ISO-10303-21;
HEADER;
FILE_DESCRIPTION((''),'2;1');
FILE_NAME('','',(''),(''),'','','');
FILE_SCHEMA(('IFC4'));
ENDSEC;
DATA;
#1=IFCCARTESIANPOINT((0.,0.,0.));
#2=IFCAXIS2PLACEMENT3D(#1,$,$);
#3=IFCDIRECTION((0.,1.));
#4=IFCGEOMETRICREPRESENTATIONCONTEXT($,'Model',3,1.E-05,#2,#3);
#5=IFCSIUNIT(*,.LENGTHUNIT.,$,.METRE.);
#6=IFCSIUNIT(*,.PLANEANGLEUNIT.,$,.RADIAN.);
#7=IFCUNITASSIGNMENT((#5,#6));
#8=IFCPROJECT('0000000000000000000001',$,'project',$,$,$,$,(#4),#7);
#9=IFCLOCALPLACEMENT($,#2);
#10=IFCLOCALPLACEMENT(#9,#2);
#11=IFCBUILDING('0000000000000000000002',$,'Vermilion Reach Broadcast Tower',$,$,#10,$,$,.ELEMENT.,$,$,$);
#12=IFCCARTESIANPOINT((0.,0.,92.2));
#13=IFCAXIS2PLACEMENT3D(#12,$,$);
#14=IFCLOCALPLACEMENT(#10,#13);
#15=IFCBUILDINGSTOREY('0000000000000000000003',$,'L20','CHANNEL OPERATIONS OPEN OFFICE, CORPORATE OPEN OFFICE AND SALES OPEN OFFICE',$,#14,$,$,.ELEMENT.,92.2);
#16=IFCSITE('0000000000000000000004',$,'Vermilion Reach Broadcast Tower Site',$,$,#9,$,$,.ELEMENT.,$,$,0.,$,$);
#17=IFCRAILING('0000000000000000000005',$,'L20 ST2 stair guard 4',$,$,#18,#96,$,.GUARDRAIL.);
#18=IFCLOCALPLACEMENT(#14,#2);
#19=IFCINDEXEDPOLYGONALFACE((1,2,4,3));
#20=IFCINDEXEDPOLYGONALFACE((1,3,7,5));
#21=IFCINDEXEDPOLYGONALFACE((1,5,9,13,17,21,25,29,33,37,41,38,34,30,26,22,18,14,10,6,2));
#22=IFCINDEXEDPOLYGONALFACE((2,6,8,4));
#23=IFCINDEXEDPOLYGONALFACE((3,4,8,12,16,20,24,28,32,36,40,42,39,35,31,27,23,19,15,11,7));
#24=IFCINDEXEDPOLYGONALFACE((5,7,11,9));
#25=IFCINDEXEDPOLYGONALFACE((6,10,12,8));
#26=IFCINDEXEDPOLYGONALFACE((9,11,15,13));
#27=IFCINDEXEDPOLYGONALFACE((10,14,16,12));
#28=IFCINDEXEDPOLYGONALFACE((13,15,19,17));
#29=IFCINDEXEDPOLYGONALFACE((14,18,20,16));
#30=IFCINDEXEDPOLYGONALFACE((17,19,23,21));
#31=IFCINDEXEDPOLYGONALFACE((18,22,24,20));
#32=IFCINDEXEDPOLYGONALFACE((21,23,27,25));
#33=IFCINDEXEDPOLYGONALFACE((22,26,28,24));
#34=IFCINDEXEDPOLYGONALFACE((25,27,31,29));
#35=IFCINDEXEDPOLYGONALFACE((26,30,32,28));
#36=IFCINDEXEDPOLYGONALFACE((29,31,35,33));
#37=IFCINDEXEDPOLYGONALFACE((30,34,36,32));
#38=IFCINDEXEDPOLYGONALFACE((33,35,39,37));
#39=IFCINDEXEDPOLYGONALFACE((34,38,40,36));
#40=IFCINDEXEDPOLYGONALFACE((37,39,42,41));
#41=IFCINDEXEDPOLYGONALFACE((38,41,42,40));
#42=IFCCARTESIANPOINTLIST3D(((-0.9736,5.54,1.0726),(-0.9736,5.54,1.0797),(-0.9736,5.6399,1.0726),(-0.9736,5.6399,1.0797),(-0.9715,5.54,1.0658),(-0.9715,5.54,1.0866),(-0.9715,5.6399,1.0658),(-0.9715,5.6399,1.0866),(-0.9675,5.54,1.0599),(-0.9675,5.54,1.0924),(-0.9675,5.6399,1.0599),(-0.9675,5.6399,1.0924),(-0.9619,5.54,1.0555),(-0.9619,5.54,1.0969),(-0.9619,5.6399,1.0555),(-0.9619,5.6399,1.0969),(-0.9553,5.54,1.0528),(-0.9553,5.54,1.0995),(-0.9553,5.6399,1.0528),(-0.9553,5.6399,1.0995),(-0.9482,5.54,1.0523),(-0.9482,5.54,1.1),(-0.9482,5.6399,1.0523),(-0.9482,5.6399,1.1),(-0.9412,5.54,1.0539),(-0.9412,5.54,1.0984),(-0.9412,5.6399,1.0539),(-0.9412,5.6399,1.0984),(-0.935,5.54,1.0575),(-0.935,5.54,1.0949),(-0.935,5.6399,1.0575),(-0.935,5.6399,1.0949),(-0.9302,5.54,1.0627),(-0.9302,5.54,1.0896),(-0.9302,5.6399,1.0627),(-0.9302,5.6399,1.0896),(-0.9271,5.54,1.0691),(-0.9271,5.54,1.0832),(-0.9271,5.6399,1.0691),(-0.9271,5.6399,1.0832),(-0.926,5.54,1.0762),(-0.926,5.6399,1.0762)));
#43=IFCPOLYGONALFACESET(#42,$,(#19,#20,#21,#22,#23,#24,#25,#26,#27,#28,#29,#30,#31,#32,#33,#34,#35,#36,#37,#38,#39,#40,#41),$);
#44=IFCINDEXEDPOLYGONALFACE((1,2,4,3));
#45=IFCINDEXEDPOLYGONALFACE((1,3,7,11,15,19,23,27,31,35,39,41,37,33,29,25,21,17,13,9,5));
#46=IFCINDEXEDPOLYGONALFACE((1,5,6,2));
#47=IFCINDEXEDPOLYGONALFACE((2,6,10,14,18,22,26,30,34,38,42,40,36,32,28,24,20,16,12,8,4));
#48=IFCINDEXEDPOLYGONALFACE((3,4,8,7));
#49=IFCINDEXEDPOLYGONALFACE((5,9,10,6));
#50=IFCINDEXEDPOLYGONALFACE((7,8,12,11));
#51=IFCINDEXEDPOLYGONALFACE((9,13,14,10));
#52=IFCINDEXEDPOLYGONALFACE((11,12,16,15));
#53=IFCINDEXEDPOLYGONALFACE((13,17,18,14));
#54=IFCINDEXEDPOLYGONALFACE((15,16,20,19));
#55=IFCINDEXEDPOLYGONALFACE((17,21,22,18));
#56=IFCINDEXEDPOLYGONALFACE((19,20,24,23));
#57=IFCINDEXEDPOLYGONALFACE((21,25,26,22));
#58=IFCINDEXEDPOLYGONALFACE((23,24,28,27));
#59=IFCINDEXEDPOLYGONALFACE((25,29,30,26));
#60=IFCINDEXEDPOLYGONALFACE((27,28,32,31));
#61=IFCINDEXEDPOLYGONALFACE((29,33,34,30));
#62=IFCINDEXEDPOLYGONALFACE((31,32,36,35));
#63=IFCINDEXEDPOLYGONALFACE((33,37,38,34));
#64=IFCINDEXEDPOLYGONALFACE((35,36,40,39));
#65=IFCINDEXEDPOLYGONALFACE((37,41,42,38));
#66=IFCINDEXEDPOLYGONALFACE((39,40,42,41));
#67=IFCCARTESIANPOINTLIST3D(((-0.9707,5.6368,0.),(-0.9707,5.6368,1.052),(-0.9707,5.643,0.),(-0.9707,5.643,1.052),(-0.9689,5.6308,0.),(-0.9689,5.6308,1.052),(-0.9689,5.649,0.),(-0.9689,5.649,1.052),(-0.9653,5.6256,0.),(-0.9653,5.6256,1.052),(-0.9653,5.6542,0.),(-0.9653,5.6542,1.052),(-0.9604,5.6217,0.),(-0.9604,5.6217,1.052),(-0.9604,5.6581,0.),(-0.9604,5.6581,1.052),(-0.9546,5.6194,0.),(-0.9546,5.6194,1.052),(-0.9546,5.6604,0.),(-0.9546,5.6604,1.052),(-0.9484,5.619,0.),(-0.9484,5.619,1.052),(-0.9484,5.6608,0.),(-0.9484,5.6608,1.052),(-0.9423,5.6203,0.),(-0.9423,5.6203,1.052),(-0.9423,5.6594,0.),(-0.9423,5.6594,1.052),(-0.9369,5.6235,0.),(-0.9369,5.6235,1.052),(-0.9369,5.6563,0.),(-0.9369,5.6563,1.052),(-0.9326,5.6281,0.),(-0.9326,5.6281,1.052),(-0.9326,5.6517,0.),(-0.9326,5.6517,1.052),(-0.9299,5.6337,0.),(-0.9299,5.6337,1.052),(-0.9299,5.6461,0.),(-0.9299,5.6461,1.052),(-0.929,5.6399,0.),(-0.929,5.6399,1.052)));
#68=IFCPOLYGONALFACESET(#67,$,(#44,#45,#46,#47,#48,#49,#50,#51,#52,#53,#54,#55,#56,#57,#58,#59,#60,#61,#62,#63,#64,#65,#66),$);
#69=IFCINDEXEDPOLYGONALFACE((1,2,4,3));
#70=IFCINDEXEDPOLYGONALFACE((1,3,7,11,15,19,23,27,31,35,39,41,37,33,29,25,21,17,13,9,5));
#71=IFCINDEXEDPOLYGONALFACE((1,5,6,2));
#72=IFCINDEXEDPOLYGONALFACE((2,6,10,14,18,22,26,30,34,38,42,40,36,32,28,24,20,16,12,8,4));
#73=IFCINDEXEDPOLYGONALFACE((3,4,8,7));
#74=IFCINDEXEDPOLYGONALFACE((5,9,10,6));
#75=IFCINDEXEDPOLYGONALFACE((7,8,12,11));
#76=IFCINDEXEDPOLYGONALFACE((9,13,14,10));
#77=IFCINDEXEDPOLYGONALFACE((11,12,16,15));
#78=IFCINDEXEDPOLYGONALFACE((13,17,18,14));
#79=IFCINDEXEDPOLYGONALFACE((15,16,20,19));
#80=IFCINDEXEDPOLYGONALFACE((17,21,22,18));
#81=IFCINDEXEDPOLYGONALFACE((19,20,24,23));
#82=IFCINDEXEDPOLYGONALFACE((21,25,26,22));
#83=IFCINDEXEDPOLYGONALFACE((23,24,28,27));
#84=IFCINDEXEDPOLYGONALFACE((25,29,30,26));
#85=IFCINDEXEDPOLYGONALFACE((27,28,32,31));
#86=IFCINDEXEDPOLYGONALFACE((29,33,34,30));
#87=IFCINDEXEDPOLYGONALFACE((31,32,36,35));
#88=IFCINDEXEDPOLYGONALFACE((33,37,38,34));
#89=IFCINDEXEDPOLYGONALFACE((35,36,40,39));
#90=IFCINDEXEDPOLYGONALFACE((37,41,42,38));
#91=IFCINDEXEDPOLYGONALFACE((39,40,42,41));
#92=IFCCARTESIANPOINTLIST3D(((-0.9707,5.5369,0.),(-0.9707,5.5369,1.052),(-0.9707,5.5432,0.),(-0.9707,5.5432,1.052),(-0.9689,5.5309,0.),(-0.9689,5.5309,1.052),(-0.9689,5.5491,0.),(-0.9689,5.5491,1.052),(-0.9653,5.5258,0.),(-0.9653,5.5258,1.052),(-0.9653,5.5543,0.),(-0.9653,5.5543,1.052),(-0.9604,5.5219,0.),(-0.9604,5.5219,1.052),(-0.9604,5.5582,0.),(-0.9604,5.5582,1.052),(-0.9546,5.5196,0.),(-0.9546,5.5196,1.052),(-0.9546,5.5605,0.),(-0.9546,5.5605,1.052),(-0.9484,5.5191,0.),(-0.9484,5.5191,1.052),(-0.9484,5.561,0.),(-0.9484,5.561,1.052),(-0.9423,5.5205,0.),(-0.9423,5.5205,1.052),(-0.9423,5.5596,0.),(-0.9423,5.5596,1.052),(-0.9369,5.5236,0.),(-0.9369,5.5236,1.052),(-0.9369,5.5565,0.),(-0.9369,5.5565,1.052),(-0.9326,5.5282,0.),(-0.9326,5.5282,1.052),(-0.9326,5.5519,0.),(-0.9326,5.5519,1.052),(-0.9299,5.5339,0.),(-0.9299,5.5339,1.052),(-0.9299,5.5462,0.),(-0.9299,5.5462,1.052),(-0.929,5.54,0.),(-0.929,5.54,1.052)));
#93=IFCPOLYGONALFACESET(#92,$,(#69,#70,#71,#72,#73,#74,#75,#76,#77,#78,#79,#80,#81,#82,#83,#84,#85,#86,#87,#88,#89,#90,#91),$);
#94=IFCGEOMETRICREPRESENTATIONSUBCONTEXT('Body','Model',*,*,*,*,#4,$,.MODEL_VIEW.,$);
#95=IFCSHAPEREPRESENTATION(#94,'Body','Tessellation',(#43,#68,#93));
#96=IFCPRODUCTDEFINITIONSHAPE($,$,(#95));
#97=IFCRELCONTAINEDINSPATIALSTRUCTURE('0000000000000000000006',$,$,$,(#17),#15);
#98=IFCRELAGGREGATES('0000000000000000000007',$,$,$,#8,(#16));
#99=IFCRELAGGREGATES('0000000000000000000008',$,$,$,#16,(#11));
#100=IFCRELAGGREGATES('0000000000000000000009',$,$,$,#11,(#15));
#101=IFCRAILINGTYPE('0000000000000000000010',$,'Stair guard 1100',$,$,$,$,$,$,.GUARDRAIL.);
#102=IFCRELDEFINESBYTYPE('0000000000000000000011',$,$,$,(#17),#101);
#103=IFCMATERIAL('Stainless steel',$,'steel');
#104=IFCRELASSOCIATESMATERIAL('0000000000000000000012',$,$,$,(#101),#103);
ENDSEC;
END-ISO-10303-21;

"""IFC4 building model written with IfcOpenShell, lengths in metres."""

from ifc_helpers import new_model, si_unit, direction, frame, origin, origin_2d, place, context, subcontext, project, spatial, circle, extrude, material, type_object, element, save


model = new_model("IFC4")

# Units and contexts
model_context = context("Model", 3, precision=1e-05, world=origin(), true_north=direction((0.0, 1.0)))
body_context = subcontext(model_context, "Body", "Model", "MODEL_VIEW")
ifc_project = project(units=[si_unit("LENGTHUNIT", "METRE"), si_unit("PLANEANGLEUNIT", "RADIAN")], contexts=[model_context])

# Site, building, storey
site_placement = place(None, origin())
site = spatial("IfcSite", under=ifc_project, at=site_placement, Name="Vermilion Reach Broadcast Tower Site", CompositionType="ELEMENT", RefElevation=0.0)
building_placement = place(site_placement, origin())
building = spatial("IfcBuilding", under=site, at=building_placement, Name="Vermilion Reach Broadcast Tower", CompositionType="ELEMENT")
storey_placement = place(building_placement, frame((0.0, 0.0, 92.2)))
storey = spatial("IfcBuildingStorey", under=building, at=storey_placement, Name="L20", Description="CHANNEL OPERATIONS OPEN OFFICE, CORPORATE OPEN OFFICE AND SALES OPEN OFFICE", CompositionType="ELEMENT", Elevation=92.2)

# Railing
ifc_material_1 = material(Name="Stainless steel", Category="steel")
railing_type_1 = type_object("IfcRailingType", Name="Stair guard 1100", PredefinedType="GUARDRAIL", material=ifc_material_1)
railing_1_placement = place(storey_placement, frame((-0.95, 5.6399, 0.0)))
element("IfcRailing", 1, at=railing_1_placement, inside=storey, type_object=railing_type_1, Name="L20 ST2 stair guard 4", PredefinedType="GUARDRAIL", context=body_context, shape_type="SweptSolid", body=[
    extrude(circle(Radius=0.0239, at=origin_2d()), frame((0.0, 0.0, 1.0762), z_axis=(0.0, -1.0, 0.0), x_axis=(1.0, 0.0, 0.0)), (0.0, 0.0, 1.0), 0.0999),
    extrude(circle(Radius=0.021, at=origin_2d()), origin(), (0.0, 0.0, 1.0), 1.052),
    extrude(circle(Radius=0.021, at=origin_2d()), frame((0.0, -0.0999, 0.0)), (0.0, 0.0, 1.0), 1.052),
])

save(model, "model.ifc")
